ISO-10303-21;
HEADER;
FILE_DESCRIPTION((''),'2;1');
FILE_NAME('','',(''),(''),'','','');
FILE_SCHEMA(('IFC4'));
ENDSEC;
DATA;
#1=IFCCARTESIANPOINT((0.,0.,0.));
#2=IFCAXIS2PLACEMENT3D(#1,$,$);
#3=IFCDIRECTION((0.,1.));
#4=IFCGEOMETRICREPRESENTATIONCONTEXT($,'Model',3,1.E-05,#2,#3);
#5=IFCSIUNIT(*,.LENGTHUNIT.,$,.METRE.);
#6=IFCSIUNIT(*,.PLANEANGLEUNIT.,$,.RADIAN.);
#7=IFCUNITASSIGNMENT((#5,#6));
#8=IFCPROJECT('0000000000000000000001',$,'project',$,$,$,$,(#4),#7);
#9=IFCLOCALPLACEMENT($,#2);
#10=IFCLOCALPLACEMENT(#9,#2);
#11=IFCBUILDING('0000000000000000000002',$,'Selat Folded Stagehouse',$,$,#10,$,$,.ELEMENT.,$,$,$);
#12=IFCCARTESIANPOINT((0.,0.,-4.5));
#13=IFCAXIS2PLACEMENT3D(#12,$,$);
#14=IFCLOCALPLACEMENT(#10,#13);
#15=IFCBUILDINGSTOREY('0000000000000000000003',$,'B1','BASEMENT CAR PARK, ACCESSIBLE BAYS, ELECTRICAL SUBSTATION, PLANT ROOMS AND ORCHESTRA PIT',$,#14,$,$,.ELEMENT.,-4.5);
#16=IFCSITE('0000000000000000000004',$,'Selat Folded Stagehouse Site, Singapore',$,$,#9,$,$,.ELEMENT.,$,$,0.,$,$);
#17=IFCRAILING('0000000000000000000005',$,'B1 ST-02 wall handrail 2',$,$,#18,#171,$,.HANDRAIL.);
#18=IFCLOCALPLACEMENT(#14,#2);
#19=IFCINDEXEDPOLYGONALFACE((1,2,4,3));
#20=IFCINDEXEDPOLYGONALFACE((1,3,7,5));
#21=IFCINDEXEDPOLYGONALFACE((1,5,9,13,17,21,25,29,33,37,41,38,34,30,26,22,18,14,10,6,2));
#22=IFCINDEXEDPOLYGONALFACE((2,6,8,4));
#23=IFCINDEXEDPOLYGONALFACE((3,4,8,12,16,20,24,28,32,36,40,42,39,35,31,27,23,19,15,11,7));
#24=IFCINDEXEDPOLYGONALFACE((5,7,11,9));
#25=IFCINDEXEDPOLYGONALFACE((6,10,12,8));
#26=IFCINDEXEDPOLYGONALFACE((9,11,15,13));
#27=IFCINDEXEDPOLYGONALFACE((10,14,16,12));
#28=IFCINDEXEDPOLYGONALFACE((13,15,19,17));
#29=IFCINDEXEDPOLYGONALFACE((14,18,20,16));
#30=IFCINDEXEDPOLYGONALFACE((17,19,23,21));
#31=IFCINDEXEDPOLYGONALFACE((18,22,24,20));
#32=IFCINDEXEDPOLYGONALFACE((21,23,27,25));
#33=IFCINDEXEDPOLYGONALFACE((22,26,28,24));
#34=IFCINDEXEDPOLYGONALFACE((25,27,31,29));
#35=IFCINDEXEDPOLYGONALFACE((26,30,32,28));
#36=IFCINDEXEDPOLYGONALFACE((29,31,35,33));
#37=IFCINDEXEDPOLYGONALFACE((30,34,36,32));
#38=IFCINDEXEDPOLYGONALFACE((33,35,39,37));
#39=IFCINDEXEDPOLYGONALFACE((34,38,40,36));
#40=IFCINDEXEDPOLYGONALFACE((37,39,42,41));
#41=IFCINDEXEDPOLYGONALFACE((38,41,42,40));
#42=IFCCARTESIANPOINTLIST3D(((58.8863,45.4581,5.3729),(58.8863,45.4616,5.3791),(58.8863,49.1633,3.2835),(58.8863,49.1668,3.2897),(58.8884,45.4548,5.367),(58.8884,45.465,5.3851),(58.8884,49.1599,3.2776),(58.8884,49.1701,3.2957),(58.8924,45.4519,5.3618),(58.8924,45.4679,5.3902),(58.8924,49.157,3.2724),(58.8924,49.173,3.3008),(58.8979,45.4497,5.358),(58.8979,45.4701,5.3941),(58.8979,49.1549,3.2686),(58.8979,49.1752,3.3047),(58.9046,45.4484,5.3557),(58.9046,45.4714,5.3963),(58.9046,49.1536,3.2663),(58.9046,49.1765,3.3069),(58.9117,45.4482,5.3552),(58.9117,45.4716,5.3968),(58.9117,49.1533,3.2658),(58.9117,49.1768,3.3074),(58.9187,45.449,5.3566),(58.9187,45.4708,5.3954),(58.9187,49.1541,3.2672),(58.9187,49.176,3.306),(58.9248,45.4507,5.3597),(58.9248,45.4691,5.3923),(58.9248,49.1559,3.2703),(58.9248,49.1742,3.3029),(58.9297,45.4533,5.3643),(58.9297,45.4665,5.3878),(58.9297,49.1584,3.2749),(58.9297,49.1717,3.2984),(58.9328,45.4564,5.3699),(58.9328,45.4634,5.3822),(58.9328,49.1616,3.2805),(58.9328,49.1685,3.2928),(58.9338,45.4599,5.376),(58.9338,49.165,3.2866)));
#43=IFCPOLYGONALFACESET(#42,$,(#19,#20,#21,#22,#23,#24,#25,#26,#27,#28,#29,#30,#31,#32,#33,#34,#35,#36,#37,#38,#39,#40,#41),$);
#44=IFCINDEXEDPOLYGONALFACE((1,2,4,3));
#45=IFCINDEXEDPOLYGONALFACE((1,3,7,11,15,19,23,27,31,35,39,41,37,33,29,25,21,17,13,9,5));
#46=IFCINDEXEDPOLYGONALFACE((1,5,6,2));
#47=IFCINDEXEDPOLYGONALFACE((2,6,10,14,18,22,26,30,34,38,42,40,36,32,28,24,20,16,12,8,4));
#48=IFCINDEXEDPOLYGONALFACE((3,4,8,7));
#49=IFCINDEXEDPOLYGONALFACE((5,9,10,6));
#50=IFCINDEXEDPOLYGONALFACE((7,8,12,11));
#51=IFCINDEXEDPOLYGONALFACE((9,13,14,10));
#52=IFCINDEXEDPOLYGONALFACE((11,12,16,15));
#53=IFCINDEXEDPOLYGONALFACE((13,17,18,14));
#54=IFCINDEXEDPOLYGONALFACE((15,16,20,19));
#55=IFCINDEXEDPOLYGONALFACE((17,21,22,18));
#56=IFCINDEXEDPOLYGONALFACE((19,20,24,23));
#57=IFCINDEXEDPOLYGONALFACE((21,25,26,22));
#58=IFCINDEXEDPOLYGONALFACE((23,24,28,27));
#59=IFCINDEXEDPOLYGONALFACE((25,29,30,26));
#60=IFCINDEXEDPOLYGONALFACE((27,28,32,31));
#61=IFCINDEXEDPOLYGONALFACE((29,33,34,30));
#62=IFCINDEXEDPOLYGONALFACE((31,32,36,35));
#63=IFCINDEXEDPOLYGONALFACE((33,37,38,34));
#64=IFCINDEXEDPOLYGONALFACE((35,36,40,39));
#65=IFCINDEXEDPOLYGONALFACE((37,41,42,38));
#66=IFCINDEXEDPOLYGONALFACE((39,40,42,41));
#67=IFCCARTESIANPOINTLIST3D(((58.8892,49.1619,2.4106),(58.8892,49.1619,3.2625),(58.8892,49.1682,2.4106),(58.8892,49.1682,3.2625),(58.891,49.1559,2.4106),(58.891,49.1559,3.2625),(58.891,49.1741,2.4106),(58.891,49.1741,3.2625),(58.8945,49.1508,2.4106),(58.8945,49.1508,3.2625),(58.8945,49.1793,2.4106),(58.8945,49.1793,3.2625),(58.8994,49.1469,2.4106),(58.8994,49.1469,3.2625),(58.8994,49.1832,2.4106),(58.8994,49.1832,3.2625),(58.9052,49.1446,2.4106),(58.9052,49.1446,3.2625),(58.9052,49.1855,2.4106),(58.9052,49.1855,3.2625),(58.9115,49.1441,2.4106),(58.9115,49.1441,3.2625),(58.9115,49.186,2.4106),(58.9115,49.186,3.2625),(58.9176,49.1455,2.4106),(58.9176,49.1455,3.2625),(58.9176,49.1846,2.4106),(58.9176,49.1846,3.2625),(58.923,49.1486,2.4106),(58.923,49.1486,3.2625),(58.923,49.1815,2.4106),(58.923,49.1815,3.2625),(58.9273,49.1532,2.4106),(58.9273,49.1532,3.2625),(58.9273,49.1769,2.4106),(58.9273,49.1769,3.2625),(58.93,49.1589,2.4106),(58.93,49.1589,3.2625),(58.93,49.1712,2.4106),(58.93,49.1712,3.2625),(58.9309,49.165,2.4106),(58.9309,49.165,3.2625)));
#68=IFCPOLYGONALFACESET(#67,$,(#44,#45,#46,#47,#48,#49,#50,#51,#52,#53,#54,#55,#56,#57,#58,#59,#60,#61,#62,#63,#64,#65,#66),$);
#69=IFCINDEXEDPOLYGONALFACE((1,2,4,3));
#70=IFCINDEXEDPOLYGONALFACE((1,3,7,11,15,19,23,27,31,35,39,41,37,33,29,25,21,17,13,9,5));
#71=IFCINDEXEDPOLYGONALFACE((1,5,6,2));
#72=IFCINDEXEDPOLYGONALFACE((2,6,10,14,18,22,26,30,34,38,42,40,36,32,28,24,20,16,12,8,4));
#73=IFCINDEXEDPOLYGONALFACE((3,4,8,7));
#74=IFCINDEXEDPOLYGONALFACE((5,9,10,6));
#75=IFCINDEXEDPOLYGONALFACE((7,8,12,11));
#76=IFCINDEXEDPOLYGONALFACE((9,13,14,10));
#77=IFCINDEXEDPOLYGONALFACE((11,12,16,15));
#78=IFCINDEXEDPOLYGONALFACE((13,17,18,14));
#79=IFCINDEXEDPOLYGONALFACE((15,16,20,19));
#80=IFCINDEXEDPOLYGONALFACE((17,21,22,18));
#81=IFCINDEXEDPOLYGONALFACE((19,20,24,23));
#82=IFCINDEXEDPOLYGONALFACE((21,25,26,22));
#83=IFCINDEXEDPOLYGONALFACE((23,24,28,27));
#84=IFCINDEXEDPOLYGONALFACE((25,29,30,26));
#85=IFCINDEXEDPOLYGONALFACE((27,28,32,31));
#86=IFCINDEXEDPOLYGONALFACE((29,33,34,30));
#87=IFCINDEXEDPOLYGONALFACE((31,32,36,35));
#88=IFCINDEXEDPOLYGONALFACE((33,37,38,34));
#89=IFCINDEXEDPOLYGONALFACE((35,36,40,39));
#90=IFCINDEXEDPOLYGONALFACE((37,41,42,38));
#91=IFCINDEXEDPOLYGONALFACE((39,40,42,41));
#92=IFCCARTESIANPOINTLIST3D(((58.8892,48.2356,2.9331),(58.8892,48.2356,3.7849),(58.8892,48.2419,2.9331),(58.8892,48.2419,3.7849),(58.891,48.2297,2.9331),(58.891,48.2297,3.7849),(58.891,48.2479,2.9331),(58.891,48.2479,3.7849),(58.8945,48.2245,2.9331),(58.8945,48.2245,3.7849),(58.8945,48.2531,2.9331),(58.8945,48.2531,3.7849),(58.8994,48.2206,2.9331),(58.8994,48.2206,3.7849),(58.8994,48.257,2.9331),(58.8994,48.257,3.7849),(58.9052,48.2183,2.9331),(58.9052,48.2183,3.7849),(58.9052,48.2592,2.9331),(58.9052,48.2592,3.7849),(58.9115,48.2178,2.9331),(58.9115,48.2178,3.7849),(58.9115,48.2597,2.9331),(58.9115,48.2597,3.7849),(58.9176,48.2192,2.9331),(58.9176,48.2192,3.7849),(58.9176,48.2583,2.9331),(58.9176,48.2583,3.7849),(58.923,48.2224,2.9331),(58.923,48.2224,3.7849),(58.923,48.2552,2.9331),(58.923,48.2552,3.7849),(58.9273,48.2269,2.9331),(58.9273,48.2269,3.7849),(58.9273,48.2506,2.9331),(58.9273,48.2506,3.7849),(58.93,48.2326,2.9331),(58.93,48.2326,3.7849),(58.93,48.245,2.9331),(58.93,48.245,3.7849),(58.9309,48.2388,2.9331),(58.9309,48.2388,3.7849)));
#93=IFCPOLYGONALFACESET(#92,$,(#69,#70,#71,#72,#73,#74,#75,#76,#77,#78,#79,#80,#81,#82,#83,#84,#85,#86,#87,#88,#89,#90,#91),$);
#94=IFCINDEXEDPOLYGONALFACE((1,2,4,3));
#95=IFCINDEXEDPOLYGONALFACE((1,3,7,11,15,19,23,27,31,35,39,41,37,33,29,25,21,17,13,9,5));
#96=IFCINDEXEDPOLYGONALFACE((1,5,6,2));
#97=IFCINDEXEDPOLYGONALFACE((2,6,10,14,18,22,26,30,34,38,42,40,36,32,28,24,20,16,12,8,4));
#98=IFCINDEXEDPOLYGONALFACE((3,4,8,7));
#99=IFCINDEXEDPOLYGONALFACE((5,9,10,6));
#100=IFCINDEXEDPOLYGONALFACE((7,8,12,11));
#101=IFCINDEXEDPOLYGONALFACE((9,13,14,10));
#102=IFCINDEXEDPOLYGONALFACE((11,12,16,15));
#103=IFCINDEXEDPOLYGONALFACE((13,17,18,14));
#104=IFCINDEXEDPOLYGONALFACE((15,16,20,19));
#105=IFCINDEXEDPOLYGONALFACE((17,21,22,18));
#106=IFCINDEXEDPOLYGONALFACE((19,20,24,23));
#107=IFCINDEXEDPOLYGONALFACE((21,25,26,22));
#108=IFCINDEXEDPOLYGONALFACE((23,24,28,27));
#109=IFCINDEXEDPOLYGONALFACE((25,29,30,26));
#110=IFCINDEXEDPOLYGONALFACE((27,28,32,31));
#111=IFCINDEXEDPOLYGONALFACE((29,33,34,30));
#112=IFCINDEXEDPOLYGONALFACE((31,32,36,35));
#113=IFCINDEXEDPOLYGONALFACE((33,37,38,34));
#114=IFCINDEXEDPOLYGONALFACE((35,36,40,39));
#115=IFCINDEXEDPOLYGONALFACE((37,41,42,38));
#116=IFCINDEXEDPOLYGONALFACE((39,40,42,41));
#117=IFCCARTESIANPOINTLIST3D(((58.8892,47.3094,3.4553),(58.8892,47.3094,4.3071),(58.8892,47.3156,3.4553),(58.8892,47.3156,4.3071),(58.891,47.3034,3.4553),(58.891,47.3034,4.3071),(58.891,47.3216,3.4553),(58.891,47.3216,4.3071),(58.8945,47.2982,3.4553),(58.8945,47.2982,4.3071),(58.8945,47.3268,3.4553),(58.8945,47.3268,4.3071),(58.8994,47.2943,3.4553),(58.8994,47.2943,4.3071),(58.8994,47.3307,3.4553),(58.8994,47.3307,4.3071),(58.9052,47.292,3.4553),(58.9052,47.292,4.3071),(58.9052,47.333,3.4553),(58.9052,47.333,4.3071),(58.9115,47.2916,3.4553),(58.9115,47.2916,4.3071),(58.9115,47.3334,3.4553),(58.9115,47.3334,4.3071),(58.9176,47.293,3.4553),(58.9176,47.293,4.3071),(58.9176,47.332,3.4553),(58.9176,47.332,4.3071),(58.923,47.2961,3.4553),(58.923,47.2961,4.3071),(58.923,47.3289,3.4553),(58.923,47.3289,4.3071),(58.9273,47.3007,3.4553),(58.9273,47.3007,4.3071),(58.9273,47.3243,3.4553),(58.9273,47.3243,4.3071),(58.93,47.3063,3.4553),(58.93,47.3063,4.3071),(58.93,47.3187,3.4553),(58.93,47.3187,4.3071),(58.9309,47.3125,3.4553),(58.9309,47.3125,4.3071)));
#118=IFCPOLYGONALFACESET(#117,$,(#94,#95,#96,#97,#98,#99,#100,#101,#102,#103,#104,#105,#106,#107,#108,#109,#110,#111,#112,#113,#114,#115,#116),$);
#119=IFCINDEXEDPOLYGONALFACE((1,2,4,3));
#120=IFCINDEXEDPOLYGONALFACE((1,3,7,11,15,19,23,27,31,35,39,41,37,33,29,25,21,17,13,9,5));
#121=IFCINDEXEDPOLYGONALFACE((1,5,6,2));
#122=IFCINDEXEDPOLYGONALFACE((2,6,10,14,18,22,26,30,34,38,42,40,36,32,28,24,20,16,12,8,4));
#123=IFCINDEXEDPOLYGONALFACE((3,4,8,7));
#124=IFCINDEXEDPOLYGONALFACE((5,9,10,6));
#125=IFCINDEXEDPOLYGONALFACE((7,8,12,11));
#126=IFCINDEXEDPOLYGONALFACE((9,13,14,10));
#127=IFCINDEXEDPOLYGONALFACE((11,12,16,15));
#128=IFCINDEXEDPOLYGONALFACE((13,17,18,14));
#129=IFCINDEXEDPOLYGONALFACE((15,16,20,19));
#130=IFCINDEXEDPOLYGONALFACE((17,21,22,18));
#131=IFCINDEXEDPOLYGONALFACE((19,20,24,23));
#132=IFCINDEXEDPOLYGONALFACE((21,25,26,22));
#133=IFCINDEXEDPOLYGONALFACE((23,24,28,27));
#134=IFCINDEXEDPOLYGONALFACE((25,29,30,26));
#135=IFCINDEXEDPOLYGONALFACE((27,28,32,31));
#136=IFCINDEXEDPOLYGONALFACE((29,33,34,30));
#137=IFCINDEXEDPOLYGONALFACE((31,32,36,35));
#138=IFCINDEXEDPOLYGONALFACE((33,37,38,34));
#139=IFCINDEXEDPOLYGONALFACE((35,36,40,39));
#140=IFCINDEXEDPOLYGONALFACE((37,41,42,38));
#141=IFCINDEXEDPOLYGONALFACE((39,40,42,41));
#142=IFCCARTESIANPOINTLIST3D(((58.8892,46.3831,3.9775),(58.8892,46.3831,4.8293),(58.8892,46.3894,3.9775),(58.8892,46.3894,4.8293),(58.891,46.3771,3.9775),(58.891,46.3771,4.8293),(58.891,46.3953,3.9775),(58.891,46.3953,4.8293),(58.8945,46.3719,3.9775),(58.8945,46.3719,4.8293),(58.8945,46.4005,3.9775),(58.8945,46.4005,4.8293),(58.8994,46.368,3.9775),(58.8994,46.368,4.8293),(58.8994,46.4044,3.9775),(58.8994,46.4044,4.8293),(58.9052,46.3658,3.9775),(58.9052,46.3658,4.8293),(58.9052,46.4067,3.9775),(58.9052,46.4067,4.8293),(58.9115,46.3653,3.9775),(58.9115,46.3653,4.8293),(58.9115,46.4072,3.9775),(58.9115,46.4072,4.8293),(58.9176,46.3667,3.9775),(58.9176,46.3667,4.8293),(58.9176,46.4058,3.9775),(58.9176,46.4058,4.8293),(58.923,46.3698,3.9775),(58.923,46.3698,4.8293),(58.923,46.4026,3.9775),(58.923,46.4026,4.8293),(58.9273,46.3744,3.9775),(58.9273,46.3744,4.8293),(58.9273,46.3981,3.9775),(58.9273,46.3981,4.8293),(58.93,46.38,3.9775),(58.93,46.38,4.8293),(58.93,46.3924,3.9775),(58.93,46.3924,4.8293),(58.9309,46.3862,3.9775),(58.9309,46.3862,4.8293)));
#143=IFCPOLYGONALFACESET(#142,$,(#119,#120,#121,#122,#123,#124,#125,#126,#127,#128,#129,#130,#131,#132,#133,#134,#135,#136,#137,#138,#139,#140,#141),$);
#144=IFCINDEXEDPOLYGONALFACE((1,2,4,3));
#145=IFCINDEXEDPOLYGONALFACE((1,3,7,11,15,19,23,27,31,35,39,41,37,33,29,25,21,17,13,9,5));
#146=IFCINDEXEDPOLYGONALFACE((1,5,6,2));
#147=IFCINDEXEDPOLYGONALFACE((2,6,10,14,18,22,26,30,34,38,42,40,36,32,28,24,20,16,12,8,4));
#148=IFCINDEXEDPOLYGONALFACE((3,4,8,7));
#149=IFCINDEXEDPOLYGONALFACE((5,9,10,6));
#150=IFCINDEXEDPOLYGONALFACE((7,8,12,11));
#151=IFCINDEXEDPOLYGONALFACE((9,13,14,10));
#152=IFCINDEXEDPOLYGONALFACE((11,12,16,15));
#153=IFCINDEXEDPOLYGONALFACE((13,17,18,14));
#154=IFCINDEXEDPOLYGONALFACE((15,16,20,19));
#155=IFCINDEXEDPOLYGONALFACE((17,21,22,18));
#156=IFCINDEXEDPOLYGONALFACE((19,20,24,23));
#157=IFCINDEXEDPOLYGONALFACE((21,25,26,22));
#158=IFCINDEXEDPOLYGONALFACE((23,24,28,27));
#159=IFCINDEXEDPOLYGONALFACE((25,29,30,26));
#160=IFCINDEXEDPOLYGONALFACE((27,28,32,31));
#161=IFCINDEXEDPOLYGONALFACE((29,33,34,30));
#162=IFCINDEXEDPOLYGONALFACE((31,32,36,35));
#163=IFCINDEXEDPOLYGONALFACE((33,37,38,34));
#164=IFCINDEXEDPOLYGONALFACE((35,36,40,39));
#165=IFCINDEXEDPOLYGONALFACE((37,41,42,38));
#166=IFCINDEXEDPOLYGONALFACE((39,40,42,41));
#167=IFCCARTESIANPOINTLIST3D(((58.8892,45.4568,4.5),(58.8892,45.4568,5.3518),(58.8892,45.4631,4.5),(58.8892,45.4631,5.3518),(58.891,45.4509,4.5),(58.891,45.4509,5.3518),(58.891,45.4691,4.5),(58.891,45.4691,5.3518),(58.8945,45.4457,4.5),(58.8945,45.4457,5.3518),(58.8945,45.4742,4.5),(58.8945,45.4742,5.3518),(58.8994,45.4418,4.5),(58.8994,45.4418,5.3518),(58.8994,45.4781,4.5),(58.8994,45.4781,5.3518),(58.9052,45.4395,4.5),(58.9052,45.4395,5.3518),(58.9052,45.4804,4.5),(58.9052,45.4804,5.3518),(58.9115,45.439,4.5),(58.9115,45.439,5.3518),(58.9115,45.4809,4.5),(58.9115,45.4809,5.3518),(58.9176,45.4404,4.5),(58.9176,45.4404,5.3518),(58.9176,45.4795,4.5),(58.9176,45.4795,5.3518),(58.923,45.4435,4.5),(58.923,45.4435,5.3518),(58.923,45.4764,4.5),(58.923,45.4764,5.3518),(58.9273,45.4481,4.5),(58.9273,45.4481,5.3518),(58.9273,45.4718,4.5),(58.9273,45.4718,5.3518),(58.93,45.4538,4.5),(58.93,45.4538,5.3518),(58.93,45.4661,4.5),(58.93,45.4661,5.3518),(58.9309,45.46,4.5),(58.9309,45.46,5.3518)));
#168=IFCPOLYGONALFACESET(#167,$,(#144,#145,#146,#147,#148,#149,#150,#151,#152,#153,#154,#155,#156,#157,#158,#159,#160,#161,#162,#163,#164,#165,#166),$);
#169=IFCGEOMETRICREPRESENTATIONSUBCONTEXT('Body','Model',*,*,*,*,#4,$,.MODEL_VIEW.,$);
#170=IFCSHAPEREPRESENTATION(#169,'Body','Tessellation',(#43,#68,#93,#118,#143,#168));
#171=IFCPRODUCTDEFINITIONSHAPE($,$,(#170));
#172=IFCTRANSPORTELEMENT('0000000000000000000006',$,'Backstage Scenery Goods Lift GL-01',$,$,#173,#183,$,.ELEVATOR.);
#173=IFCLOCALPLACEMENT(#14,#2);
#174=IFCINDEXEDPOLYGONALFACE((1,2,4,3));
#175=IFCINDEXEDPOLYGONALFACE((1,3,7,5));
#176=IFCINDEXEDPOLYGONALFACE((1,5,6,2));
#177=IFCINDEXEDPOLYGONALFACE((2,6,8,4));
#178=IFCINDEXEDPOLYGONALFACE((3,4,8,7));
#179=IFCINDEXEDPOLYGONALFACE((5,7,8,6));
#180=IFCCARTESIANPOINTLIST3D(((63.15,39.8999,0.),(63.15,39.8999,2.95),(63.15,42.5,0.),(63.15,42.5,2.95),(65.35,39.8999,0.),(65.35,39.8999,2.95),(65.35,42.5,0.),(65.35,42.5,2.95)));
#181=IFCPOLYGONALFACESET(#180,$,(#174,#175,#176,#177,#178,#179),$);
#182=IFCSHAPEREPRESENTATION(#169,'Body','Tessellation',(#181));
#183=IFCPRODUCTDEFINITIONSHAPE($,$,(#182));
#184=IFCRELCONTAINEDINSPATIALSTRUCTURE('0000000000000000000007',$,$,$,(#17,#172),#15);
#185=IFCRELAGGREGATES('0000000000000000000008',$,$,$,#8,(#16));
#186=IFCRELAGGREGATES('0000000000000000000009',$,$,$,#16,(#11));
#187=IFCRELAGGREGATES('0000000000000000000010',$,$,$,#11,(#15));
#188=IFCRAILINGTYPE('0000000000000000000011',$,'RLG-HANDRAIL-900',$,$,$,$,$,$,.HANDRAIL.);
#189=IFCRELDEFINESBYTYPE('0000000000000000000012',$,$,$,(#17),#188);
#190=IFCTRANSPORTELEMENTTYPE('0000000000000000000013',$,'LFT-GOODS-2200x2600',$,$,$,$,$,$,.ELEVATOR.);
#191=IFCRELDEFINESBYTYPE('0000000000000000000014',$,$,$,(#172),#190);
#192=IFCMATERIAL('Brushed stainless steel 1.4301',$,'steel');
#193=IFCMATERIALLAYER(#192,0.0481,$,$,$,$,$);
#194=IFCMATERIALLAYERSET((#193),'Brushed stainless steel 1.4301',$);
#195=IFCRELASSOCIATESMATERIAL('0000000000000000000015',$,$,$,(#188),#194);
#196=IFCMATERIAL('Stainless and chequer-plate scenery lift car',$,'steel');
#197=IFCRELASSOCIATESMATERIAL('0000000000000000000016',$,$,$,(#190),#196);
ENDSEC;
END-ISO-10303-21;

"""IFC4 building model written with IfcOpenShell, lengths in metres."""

from ifc_helpers import new_model, si_unit, direction, frame, origin, origin_2d, place, context, subcontext, project, spatial, rectangle, circle, extrude, material, layer, layer_set, type_object, element, save


model = new_model("IFC4")

# Units and contexts
model_context = context("Model", 3, precision=1e-05, world=origin(), true_north=direction((0.0, 1.0)))
body_context = subcontext(model_context, "Body", "Model", "MODEL_VIEW")
ifc_project = project(units=[si_unit("LENGTHUNIT", "METRE"), si_unit("PLANEANGLEUNIT", "RADIAN")], contexts=[model_context])

# Site, building, storey
site_placement = place(None, origin())
site = spatial("IfcSite", under=ifc_project, at=site_placement, Name="Selat Folded Stagehouse Site, Singapore", CompositionType="ELEMENT", RefElevation=0.0)
building_placement = place(site_placement, origin())
building = spatial("IfcBuilding", under=site, at=building_placement, Name="Selat Folded Stagehouse", CompositionType="ELEMENT")
storey_placement = place(building_placement, frame((0.0, 0.0, -4.5)))
storey = spatial("IfcBuildingStorey", under=building, at=storey_placement, Name="B1", Description="BASEMENT CAR PARK, ACCESSIBLE BAYS, ELECTRICAL SUBSTATION, PLANT ROOMS AND ORCHESTRA PIT", CompositionType="ELEMENT", Elevation=-4.5)

# Railing
ifc_material_1 = material(Name="Brushed stainless steel 1.4301", Category="steel")
ifc_layer_1 = layer(ifc_material_1, 0.0481)
ifc_layer_set_1 = layer_set([ifc_layer_1], Name="Brushed stainless steel 1.4301")
railing_type_1 = type_object("IfcRailingType", Name="RLG-HANDRAIL-900", PredefinedType="HANDRAIL", material=ifc_layer_set_1)
railing_1_placement = place(storey_placement, frame((58.9099, 49.165, 2.4106)))
element("IfcRailing", 1, at=railing_1_placement, inside=storey, type_object=railing_type_1, Name="B1 ST-02 wall handrail 2", PredefinedType="HANDRAIL", context=body_context, shape_type="SweptSolid", body=[
    extrude(circle(Radius=0.0239, at=origin_2d()), frame((0.0, 0.0, 0.876), z_axis=(0.0, -0.871048, 0.491198), x_axis=(1.0, 0.0, 0.0)), (0.0, 0.0, 1.0), 4.2537),
    extrude(circle(Radius=0.021, at=origin_2d()), origin(), (0.0, 0.0, 1.0), 0.8518),
    extrude(circle(Radius=0.021, at=origin_2d()), frame((0.0, -0.9263, 0.5225)), (0.0, 0.0, 1.0), 0.8518),
    extrude(circle(Radius=0.021, at=origin_2d()), frame((0.0, -1.8525, 1.0447)), (0.0, 0.0, 1.0), 0.8518),
    extrude(circle(Radius=0.021, at=origin_2d()), frame((0.0, -2.7788, 1.5669)), (0.0, 0.0, 1.0), 0.8518),
    extrude(circle(Radius=0.021, at=origin_2d()), frame((0.0, -3.7051, 2.0894)), (0.0, 0.0, 1.0), 0.8518),
])

# Transport element
ifc_material_2 = material(Name="Stainless and chequer-plate scenery lift car", Category="steel")
transport_element_type = type_object("IfcTransportElementType", Name="LFT-GOODS-2200x2600", PredefinedType="ELEVATOR", material=ifc_material_2)
transport_element_placement = place(storey_placement, frame((64.25, 41.2, 0.0), z_axis=(0.0, 0.0, 1.0), x_axis=(1.0, 0.0, 0.0)))
element("IfcTransportElement", 2, at=transport_element_placement, inside=storey, type_object=transport_element_type, Name="Backstage Scenery Goods Lift GL-01", PredefinedType="ELEVATOR", context=body_context, shape_type="SweptSolid", body=[
    extrude(rectangle(XDim=2.2, YDim=2.6001, at=origin_2d()), origin(), (0.0, 0.0, 1.0), 2.95),
])

save(model, "model.ifc")
